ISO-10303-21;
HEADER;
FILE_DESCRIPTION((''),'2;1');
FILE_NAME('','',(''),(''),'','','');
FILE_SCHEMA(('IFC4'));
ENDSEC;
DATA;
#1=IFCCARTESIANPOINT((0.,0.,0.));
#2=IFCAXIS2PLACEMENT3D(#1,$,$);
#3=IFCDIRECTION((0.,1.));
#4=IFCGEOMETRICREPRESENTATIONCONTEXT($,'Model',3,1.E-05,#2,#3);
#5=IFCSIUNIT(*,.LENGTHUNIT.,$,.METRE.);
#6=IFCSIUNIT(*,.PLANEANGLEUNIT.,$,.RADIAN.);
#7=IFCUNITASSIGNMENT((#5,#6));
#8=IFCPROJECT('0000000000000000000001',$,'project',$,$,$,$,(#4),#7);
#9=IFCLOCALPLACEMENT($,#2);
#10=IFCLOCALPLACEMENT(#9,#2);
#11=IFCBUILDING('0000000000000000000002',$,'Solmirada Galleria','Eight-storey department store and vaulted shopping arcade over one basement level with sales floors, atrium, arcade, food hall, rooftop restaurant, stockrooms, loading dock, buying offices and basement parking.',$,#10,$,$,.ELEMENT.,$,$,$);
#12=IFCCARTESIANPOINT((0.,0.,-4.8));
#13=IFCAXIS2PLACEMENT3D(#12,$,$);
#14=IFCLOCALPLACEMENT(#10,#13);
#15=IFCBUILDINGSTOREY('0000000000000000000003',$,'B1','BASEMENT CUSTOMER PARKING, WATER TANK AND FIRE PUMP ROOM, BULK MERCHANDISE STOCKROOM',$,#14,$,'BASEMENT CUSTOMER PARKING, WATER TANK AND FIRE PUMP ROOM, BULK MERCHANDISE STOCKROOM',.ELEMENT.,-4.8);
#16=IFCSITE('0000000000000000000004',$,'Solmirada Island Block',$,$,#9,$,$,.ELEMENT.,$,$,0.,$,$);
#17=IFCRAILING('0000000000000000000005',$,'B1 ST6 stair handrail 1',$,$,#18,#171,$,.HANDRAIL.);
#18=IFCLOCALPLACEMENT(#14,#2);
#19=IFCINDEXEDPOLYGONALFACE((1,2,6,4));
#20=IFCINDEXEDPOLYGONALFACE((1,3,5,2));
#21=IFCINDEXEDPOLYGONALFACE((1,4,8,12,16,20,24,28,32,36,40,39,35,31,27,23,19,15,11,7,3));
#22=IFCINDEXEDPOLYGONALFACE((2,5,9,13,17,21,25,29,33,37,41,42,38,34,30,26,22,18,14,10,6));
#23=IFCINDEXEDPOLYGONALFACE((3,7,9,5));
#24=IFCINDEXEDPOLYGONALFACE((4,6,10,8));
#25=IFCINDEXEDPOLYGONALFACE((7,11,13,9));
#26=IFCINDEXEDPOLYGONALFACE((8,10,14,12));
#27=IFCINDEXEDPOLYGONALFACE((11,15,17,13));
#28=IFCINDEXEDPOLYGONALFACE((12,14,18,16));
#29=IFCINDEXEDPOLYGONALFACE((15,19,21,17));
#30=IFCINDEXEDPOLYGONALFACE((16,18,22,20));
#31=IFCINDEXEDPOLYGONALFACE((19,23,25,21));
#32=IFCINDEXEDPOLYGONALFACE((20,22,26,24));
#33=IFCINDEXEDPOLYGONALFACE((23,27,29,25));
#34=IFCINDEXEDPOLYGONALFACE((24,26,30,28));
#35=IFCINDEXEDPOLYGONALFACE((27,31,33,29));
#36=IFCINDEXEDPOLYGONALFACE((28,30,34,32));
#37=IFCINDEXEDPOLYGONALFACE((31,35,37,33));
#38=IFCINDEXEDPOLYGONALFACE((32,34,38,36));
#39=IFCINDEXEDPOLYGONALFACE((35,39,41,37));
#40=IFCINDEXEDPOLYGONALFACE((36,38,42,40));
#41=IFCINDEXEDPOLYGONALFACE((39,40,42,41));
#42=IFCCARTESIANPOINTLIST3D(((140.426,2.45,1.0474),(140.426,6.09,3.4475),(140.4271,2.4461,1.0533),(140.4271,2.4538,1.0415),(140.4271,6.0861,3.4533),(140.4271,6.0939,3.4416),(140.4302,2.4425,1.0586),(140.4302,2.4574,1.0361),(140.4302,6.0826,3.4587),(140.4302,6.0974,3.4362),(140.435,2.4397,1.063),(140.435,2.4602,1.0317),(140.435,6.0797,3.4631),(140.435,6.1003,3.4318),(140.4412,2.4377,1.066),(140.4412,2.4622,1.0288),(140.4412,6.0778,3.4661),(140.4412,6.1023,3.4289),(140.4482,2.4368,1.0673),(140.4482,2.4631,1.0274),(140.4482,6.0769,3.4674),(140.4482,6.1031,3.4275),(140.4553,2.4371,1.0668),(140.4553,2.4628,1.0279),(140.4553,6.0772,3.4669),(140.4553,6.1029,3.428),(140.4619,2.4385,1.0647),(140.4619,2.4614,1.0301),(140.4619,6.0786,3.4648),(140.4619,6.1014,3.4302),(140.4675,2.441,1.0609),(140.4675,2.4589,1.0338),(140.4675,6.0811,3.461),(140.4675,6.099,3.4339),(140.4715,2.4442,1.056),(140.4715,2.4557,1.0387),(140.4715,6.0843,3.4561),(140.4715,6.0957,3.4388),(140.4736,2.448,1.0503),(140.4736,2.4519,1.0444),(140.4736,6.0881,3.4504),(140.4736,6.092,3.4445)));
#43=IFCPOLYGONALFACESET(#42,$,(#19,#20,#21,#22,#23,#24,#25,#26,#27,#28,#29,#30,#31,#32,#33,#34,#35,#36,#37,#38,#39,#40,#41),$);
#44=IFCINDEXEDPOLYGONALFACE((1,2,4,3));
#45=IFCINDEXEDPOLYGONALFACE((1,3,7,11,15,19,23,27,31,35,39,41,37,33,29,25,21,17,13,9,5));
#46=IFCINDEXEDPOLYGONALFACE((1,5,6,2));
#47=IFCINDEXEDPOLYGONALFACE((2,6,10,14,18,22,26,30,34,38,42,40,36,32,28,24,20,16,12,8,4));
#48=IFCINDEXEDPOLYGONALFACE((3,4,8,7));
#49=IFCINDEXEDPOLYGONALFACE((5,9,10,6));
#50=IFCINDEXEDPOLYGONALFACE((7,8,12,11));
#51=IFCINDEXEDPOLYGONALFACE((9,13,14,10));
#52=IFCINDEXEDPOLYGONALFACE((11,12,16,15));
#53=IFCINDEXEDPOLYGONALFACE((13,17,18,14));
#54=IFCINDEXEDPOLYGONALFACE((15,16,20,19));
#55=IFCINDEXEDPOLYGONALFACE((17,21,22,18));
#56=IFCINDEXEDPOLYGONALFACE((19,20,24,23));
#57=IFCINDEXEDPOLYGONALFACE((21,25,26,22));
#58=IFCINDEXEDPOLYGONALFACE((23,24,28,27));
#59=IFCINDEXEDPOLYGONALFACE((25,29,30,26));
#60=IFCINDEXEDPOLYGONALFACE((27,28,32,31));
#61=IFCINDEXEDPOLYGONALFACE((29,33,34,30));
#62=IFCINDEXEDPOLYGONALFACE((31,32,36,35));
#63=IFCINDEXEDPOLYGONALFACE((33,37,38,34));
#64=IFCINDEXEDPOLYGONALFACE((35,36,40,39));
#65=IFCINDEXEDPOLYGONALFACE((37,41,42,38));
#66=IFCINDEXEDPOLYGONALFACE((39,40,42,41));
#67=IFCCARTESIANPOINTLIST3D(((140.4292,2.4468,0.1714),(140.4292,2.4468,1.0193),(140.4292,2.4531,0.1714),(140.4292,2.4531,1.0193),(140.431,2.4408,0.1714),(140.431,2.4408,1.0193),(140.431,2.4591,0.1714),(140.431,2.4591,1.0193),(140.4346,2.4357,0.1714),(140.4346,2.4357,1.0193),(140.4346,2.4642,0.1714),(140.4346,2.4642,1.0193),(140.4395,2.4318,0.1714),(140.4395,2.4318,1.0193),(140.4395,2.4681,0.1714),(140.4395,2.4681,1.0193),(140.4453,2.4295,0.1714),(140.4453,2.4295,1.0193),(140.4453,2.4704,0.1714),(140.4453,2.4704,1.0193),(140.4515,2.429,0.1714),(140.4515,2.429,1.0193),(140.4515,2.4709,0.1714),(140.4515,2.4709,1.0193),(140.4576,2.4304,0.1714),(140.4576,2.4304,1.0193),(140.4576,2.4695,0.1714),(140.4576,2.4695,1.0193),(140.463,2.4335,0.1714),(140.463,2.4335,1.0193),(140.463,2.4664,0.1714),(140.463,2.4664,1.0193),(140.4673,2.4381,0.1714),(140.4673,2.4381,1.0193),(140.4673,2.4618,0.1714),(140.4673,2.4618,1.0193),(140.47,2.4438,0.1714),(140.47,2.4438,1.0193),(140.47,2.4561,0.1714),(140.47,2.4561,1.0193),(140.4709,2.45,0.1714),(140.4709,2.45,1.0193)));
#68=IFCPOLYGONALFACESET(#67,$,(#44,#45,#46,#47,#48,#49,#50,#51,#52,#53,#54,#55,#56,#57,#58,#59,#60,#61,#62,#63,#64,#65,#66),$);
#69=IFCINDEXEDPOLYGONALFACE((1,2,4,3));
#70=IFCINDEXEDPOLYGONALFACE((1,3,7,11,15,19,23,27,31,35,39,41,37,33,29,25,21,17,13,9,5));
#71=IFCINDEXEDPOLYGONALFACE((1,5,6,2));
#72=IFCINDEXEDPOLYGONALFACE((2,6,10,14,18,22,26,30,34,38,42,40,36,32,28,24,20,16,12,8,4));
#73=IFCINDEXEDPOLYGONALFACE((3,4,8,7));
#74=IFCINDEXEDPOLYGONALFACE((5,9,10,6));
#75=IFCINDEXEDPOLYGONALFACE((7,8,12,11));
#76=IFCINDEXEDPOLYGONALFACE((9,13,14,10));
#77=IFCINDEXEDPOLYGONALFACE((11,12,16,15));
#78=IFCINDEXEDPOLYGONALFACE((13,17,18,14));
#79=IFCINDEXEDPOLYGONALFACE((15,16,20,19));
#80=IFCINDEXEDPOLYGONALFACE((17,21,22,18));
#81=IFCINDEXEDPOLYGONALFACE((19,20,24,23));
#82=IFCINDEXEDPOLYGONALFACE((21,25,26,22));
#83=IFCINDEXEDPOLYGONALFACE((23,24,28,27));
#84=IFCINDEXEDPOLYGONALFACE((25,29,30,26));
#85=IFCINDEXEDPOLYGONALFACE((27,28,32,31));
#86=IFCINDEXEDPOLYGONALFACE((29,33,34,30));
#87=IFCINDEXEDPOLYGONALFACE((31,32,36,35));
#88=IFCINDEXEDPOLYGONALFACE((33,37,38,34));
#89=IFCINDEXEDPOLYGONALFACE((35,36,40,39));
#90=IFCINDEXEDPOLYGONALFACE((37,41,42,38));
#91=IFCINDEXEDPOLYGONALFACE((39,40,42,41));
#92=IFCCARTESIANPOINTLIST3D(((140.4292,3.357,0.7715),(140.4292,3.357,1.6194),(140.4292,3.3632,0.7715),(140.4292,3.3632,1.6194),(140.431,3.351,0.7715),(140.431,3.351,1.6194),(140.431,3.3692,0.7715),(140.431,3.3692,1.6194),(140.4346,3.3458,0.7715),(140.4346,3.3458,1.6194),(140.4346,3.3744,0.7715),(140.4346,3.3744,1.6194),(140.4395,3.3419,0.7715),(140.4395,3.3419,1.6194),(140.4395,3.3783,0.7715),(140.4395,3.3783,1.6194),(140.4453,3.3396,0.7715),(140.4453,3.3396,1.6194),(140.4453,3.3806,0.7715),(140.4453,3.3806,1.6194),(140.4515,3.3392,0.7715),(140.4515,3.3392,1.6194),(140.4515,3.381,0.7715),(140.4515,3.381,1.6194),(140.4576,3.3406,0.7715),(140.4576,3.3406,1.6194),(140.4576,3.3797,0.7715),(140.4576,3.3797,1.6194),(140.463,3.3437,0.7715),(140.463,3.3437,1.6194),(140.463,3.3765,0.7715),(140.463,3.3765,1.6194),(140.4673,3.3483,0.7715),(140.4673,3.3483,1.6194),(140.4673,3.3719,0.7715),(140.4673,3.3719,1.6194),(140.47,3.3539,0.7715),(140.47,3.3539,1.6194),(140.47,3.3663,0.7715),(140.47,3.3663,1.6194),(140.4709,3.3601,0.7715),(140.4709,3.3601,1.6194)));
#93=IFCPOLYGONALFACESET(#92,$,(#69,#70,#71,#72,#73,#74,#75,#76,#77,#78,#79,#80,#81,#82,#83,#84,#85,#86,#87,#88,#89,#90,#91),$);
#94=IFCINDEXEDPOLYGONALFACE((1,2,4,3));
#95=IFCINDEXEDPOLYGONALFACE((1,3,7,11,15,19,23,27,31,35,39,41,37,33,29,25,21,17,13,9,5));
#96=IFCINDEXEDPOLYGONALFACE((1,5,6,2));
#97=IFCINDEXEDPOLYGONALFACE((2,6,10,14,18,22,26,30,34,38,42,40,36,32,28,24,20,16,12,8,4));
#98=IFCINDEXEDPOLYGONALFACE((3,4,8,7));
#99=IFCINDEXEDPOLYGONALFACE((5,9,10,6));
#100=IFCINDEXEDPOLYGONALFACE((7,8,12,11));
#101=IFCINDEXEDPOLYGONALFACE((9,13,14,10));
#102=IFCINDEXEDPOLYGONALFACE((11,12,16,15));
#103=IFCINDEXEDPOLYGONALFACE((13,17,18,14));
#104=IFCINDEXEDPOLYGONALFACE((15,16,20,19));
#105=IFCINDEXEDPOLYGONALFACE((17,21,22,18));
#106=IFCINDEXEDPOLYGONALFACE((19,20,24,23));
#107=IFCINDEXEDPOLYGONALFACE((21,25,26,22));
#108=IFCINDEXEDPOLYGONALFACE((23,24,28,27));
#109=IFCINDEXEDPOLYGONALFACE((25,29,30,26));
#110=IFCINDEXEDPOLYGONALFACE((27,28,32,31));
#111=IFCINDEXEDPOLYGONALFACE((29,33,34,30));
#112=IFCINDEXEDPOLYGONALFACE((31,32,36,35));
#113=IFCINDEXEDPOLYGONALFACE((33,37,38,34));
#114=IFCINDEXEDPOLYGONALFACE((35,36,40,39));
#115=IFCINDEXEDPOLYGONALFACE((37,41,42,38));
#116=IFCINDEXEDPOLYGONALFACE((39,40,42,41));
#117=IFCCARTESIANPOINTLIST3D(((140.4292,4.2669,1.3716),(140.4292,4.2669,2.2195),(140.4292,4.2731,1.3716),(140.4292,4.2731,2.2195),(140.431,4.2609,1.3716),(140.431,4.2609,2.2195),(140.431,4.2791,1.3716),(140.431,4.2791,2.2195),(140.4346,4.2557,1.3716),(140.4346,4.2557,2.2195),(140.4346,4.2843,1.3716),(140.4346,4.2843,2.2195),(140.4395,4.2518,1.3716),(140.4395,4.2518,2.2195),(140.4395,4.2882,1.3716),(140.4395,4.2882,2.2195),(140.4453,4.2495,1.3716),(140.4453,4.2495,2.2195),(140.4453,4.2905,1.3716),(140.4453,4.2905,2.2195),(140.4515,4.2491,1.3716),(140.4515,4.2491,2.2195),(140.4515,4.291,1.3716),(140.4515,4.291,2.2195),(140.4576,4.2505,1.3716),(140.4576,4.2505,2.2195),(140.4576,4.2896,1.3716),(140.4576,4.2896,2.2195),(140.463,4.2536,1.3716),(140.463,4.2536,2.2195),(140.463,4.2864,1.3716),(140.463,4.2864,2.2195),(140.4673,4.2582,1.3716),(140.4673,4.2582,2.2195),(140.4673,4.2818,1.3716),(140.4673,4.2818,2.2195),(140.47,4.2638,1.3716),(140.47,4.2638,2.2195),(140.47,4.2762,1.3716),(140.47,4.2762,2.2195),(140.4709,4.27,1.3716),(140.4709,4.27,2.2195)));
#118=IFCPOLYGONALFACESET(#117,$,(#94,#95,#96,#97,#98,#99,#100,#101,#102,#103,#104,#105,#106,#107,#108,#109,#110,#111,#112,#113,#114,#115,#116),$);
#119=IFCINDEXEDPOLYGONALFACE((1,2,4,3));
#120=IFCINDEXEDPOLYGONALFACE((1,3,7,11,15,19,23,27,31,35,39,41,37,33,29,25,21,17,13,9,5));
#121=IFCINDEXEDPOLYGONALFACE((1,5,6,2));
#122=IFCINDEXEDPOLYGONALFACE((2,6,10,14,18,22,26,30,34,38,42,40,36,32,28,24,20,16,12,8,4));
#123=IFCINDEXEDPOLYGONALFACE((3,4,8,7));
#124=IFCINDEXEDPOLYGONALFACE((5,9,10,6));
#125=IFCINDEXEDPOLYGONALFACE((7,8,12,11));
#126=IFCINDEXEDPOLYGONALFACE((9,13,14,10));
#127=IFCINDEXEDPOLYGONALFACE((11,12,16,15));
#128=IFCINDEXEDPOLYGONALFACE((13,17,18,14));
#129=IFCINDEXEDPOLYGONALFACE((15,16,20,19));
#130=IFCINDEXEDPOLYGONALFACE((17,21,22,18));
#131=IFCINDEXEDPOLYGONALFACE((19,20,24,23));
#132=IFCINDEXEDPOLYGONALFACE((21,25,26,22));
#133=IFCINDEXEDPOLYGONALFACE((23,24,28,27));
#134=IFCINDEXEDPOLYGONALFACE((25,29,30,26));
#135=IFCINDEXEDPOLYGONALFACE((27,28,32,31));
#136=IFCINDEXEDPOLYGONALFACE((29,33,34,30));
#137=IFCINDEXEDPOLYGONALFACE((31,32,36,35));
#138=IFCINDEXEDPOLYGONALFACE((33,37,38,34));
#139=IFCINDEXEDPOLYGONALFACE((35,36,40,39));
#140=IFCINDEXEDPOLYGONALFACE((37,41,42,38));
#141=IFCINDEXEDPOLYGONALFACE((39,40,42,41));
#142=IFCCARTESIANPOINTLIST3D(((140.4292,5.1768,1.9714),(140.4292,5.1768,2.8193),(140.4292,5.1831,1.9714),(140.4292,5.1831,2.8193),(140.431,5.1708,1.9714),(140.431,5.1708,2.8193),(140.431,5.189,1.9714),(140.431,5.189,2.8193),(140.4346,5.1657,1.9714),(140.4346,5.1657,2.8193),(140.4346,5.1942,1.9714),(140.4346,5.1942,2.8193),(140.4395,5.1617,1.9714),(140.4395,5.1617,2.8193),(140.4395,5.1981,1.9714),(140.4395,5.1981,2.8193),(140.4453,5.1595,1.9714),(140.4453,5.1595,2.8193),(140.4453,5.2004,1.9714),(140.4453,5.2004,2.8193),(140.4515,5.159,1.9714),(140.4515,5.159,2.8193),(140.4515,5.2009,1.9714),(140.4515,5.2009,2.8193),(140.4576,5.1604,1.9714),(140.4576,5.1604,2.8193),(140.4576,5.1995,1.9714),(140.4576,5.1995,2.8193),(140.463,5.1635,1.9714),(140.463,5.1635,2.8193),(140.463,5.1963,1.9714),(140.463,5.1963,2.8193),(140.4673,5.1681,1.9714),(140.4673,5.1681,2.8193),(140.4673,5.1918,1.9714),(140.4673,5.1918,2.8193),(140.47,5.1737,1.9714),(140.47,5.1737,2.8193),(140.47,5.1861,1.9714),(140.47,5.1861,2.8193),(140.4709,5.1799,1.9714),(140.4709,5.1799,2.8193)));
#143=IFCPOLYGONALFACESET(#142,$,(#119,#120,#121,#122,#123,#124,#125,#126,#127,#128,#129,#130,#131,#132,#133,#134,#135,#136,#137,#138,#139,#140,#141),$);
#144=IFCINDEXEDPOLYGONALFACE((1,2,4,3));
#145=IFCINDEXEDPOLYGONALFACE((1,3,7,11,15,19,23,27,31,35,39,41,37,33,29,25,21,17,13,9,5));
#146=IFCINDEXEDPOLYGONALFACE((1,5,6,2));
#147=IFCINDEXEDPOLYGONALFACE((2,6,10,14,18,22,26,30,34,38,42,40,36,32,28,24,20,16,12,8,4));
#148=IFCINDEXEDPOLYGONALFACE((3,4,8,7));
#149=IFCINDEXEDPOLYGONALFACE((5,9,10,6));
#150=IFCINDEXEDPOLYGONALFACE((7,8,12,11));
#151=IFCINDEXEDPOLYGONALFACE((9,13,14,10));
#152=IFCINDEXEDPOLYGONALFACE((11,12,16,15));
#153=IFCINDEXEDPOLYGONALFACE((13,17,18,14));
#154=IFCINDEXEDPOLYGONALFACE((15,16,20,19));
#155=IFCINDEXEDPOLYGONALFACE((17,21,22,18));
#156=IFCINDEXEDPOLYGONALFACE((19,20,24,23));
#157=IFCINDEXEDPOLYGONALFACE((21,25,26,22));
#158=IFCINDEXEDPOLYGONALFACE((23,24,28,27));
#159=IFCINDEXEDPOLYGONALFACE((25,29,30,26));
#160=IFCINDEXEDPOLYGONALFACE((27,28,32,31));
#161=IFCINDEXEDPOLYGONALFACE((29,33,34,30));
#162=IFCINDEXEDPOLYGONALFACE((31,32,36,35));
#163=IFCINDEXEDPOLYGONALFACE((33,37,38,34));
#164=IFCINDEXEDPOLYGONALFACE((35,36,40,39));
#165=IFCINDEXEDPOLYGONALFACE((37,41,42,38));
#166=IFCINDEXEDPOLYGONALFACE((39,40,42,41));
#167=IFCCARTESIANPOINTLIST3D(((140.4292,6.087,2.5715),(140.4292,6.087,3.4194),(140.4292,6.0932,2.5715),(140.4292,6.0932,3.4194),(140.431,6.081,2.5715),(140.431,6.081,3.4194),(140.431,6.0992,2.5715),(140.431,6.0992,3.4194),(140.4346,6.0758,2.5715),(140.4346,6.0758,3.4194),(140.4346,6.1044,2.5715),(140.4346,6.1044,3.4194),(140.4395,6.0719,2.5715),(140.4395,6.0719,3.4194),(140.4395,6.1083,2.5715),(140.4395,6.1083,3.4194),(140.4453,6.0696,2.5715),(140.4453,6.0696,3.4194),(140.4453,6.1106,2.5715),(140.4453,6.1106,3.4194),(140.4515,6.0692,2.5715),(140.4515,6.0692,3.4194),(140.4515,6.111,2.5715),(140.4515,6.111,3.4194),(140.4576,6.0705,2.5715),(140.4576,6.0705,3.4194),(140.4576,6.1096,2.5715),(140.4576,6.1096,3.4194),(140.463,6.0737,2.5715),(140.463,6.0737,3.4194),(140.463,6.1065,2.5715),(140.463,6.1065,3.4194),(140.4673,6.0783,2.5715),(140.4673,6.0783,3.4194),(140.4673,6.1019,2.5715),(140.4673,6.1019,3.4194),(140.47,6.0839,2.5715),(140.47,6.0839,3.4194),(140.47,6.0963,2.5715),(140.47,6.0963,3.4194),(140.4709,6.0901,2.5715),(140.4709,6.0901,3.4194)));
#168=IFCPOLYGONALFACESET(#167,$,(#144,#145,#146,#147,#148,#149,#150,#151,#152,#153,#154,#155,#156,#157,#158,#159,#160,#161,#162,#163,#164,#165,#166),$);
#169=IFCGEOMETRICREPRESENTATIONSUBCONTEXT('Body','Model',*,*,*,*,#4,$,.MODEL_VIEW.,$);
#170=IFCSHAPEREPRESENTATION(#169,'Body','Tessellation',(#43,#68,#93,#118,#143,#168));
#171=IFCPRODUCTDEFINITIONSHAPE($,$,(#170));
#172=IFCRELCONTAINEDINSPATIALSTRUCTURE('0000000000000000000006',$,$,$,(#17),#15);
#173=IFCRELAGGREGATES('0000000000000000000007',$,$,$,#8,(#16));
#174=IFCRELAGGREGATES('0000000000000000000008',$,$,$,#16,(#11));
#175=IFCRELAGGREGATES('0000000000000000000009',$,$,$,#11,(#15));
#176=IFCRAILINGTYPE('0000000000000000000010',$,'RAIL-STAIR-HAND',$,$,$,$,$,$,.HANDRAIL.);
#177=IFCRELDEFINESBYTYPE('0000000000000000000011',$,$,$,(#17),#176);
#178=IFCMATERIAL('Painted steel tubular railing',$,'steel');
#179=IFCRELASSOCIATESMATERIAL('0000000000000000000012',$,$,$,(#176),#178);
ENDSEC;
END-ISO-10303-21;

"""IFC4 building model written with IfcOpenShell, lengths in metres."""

from ifc_helpers import new_model, si_unit, direction, frame, origin, origin_2d, place, context, subcontext, project, spatial, circle, extrude, material, type_object, element, save


model = new_model("IFC4")

# Units and contexts
model_context = context("Model", 3, precision=1e-05, world=origin(), true_north=direction((0.0, 1.0)))
body_context = subcontext(model_context, "Body", "Model", "MODEL_VIEW")
ifc_project = project(units=[si_unit("LENGTHUNIT", "METRE"), si_unit("PLANEANGLEUNIT", "RADIAN")], contexts=[model_context])

# Site, building, storey
site_placement = place(None, origin())
site = spatial("IfcSite", under=ifc_project, at=site_placement, Name="Solmirada Island Block", CompositionType="ELEMENT", RefElevation=0.0)
building_placement = place(site_placement, origin())
building = spatial("IfcBuilding", under=site, at=building_placement, Name="Solmirada Galleria", Description="Eight-storey department store and vaulted shopping arcade over one basement level with sales floors, atrium, arcade, food hall, rooftop restaurant, stockrooms, loading dock, buying offices and basement parking.", CompositionType="ELEMENT")
storey_placement = place(building_placement, frame((0.0, 0.0, -4.8)))
storey = spatial("IfcBuildingStorey", under=building, at=storey_placement, Name="B1", Description="BASEMENT CUSTOMER PARKING, WATER TANK AND FIRE PUMP ROOM, BULK MERCHANDISE STOCKROOM", LongName="BASEMENT CUSTOMER PARKING, WATER TANK AND FIRE PUMP ROOM, BULK MERCHANDISE STOCKROOM", CompositionType="ELEMENT", Elevation=-4.8)

# Railing
ifc_material_1 = material(Name="Painted steel tubular railing", Category="steel")
railing_type_1 = type_object("IfcRailingType", Name="RAIL-STAIR-HAND", PredefinedType="HANDRAIL", material=ifc_material_1)
railing_1_placement = place(storey_placement, frame((140.45, 2.45, 0.1714)))
element("IfcRailing", 1, at=railing_1_placement, inside=storey, type_object=railing_type_1, Name="B1 ST6 stair handrail 1", PredefinedType="HANDRAIL", context=body_context, shape_type="SweptSolid", body=[
    extrude(circle(Radius=0.0239, at=origin_2d()), frame((0.0, 0.0, 0.876), z_axis=(0.0, 0.834856, 0.550468), x_axis=(-1.0, 0.0, 0.0)), (0.0, 0.0, 1.0), 4.3601),
    extrude(circle(Radius=0.021, at=origin_2d()), origin(), (0.0, 0.0, 1.0), 0.8479),
    extrude(circle(Radius=0.021, at=origin_2d()), frame((0.0, 0.9102, 0.6001)), (0.0, 0.0, 1.0), 0.8479),
    extrude(circle(Radius=0.021, at=origin_2d()), frame((0.0, 1.8201, 1.2002)), (0.0, 0.0, 1.0), 0.8479),
    extrude(circle(Radius=0.021, at=origin_2d()), frame((0.0, 2.73, 1.8)), (0.0, 0.0, 1.0), 0.8479),
    extrude(circle(Radius=0.021, at=origin_2d()), frame((0.0, 3.6401, 2.4001)), (0.0, 0.0, 1.0), 0.8479),
])

save(model, "model.ifc")
